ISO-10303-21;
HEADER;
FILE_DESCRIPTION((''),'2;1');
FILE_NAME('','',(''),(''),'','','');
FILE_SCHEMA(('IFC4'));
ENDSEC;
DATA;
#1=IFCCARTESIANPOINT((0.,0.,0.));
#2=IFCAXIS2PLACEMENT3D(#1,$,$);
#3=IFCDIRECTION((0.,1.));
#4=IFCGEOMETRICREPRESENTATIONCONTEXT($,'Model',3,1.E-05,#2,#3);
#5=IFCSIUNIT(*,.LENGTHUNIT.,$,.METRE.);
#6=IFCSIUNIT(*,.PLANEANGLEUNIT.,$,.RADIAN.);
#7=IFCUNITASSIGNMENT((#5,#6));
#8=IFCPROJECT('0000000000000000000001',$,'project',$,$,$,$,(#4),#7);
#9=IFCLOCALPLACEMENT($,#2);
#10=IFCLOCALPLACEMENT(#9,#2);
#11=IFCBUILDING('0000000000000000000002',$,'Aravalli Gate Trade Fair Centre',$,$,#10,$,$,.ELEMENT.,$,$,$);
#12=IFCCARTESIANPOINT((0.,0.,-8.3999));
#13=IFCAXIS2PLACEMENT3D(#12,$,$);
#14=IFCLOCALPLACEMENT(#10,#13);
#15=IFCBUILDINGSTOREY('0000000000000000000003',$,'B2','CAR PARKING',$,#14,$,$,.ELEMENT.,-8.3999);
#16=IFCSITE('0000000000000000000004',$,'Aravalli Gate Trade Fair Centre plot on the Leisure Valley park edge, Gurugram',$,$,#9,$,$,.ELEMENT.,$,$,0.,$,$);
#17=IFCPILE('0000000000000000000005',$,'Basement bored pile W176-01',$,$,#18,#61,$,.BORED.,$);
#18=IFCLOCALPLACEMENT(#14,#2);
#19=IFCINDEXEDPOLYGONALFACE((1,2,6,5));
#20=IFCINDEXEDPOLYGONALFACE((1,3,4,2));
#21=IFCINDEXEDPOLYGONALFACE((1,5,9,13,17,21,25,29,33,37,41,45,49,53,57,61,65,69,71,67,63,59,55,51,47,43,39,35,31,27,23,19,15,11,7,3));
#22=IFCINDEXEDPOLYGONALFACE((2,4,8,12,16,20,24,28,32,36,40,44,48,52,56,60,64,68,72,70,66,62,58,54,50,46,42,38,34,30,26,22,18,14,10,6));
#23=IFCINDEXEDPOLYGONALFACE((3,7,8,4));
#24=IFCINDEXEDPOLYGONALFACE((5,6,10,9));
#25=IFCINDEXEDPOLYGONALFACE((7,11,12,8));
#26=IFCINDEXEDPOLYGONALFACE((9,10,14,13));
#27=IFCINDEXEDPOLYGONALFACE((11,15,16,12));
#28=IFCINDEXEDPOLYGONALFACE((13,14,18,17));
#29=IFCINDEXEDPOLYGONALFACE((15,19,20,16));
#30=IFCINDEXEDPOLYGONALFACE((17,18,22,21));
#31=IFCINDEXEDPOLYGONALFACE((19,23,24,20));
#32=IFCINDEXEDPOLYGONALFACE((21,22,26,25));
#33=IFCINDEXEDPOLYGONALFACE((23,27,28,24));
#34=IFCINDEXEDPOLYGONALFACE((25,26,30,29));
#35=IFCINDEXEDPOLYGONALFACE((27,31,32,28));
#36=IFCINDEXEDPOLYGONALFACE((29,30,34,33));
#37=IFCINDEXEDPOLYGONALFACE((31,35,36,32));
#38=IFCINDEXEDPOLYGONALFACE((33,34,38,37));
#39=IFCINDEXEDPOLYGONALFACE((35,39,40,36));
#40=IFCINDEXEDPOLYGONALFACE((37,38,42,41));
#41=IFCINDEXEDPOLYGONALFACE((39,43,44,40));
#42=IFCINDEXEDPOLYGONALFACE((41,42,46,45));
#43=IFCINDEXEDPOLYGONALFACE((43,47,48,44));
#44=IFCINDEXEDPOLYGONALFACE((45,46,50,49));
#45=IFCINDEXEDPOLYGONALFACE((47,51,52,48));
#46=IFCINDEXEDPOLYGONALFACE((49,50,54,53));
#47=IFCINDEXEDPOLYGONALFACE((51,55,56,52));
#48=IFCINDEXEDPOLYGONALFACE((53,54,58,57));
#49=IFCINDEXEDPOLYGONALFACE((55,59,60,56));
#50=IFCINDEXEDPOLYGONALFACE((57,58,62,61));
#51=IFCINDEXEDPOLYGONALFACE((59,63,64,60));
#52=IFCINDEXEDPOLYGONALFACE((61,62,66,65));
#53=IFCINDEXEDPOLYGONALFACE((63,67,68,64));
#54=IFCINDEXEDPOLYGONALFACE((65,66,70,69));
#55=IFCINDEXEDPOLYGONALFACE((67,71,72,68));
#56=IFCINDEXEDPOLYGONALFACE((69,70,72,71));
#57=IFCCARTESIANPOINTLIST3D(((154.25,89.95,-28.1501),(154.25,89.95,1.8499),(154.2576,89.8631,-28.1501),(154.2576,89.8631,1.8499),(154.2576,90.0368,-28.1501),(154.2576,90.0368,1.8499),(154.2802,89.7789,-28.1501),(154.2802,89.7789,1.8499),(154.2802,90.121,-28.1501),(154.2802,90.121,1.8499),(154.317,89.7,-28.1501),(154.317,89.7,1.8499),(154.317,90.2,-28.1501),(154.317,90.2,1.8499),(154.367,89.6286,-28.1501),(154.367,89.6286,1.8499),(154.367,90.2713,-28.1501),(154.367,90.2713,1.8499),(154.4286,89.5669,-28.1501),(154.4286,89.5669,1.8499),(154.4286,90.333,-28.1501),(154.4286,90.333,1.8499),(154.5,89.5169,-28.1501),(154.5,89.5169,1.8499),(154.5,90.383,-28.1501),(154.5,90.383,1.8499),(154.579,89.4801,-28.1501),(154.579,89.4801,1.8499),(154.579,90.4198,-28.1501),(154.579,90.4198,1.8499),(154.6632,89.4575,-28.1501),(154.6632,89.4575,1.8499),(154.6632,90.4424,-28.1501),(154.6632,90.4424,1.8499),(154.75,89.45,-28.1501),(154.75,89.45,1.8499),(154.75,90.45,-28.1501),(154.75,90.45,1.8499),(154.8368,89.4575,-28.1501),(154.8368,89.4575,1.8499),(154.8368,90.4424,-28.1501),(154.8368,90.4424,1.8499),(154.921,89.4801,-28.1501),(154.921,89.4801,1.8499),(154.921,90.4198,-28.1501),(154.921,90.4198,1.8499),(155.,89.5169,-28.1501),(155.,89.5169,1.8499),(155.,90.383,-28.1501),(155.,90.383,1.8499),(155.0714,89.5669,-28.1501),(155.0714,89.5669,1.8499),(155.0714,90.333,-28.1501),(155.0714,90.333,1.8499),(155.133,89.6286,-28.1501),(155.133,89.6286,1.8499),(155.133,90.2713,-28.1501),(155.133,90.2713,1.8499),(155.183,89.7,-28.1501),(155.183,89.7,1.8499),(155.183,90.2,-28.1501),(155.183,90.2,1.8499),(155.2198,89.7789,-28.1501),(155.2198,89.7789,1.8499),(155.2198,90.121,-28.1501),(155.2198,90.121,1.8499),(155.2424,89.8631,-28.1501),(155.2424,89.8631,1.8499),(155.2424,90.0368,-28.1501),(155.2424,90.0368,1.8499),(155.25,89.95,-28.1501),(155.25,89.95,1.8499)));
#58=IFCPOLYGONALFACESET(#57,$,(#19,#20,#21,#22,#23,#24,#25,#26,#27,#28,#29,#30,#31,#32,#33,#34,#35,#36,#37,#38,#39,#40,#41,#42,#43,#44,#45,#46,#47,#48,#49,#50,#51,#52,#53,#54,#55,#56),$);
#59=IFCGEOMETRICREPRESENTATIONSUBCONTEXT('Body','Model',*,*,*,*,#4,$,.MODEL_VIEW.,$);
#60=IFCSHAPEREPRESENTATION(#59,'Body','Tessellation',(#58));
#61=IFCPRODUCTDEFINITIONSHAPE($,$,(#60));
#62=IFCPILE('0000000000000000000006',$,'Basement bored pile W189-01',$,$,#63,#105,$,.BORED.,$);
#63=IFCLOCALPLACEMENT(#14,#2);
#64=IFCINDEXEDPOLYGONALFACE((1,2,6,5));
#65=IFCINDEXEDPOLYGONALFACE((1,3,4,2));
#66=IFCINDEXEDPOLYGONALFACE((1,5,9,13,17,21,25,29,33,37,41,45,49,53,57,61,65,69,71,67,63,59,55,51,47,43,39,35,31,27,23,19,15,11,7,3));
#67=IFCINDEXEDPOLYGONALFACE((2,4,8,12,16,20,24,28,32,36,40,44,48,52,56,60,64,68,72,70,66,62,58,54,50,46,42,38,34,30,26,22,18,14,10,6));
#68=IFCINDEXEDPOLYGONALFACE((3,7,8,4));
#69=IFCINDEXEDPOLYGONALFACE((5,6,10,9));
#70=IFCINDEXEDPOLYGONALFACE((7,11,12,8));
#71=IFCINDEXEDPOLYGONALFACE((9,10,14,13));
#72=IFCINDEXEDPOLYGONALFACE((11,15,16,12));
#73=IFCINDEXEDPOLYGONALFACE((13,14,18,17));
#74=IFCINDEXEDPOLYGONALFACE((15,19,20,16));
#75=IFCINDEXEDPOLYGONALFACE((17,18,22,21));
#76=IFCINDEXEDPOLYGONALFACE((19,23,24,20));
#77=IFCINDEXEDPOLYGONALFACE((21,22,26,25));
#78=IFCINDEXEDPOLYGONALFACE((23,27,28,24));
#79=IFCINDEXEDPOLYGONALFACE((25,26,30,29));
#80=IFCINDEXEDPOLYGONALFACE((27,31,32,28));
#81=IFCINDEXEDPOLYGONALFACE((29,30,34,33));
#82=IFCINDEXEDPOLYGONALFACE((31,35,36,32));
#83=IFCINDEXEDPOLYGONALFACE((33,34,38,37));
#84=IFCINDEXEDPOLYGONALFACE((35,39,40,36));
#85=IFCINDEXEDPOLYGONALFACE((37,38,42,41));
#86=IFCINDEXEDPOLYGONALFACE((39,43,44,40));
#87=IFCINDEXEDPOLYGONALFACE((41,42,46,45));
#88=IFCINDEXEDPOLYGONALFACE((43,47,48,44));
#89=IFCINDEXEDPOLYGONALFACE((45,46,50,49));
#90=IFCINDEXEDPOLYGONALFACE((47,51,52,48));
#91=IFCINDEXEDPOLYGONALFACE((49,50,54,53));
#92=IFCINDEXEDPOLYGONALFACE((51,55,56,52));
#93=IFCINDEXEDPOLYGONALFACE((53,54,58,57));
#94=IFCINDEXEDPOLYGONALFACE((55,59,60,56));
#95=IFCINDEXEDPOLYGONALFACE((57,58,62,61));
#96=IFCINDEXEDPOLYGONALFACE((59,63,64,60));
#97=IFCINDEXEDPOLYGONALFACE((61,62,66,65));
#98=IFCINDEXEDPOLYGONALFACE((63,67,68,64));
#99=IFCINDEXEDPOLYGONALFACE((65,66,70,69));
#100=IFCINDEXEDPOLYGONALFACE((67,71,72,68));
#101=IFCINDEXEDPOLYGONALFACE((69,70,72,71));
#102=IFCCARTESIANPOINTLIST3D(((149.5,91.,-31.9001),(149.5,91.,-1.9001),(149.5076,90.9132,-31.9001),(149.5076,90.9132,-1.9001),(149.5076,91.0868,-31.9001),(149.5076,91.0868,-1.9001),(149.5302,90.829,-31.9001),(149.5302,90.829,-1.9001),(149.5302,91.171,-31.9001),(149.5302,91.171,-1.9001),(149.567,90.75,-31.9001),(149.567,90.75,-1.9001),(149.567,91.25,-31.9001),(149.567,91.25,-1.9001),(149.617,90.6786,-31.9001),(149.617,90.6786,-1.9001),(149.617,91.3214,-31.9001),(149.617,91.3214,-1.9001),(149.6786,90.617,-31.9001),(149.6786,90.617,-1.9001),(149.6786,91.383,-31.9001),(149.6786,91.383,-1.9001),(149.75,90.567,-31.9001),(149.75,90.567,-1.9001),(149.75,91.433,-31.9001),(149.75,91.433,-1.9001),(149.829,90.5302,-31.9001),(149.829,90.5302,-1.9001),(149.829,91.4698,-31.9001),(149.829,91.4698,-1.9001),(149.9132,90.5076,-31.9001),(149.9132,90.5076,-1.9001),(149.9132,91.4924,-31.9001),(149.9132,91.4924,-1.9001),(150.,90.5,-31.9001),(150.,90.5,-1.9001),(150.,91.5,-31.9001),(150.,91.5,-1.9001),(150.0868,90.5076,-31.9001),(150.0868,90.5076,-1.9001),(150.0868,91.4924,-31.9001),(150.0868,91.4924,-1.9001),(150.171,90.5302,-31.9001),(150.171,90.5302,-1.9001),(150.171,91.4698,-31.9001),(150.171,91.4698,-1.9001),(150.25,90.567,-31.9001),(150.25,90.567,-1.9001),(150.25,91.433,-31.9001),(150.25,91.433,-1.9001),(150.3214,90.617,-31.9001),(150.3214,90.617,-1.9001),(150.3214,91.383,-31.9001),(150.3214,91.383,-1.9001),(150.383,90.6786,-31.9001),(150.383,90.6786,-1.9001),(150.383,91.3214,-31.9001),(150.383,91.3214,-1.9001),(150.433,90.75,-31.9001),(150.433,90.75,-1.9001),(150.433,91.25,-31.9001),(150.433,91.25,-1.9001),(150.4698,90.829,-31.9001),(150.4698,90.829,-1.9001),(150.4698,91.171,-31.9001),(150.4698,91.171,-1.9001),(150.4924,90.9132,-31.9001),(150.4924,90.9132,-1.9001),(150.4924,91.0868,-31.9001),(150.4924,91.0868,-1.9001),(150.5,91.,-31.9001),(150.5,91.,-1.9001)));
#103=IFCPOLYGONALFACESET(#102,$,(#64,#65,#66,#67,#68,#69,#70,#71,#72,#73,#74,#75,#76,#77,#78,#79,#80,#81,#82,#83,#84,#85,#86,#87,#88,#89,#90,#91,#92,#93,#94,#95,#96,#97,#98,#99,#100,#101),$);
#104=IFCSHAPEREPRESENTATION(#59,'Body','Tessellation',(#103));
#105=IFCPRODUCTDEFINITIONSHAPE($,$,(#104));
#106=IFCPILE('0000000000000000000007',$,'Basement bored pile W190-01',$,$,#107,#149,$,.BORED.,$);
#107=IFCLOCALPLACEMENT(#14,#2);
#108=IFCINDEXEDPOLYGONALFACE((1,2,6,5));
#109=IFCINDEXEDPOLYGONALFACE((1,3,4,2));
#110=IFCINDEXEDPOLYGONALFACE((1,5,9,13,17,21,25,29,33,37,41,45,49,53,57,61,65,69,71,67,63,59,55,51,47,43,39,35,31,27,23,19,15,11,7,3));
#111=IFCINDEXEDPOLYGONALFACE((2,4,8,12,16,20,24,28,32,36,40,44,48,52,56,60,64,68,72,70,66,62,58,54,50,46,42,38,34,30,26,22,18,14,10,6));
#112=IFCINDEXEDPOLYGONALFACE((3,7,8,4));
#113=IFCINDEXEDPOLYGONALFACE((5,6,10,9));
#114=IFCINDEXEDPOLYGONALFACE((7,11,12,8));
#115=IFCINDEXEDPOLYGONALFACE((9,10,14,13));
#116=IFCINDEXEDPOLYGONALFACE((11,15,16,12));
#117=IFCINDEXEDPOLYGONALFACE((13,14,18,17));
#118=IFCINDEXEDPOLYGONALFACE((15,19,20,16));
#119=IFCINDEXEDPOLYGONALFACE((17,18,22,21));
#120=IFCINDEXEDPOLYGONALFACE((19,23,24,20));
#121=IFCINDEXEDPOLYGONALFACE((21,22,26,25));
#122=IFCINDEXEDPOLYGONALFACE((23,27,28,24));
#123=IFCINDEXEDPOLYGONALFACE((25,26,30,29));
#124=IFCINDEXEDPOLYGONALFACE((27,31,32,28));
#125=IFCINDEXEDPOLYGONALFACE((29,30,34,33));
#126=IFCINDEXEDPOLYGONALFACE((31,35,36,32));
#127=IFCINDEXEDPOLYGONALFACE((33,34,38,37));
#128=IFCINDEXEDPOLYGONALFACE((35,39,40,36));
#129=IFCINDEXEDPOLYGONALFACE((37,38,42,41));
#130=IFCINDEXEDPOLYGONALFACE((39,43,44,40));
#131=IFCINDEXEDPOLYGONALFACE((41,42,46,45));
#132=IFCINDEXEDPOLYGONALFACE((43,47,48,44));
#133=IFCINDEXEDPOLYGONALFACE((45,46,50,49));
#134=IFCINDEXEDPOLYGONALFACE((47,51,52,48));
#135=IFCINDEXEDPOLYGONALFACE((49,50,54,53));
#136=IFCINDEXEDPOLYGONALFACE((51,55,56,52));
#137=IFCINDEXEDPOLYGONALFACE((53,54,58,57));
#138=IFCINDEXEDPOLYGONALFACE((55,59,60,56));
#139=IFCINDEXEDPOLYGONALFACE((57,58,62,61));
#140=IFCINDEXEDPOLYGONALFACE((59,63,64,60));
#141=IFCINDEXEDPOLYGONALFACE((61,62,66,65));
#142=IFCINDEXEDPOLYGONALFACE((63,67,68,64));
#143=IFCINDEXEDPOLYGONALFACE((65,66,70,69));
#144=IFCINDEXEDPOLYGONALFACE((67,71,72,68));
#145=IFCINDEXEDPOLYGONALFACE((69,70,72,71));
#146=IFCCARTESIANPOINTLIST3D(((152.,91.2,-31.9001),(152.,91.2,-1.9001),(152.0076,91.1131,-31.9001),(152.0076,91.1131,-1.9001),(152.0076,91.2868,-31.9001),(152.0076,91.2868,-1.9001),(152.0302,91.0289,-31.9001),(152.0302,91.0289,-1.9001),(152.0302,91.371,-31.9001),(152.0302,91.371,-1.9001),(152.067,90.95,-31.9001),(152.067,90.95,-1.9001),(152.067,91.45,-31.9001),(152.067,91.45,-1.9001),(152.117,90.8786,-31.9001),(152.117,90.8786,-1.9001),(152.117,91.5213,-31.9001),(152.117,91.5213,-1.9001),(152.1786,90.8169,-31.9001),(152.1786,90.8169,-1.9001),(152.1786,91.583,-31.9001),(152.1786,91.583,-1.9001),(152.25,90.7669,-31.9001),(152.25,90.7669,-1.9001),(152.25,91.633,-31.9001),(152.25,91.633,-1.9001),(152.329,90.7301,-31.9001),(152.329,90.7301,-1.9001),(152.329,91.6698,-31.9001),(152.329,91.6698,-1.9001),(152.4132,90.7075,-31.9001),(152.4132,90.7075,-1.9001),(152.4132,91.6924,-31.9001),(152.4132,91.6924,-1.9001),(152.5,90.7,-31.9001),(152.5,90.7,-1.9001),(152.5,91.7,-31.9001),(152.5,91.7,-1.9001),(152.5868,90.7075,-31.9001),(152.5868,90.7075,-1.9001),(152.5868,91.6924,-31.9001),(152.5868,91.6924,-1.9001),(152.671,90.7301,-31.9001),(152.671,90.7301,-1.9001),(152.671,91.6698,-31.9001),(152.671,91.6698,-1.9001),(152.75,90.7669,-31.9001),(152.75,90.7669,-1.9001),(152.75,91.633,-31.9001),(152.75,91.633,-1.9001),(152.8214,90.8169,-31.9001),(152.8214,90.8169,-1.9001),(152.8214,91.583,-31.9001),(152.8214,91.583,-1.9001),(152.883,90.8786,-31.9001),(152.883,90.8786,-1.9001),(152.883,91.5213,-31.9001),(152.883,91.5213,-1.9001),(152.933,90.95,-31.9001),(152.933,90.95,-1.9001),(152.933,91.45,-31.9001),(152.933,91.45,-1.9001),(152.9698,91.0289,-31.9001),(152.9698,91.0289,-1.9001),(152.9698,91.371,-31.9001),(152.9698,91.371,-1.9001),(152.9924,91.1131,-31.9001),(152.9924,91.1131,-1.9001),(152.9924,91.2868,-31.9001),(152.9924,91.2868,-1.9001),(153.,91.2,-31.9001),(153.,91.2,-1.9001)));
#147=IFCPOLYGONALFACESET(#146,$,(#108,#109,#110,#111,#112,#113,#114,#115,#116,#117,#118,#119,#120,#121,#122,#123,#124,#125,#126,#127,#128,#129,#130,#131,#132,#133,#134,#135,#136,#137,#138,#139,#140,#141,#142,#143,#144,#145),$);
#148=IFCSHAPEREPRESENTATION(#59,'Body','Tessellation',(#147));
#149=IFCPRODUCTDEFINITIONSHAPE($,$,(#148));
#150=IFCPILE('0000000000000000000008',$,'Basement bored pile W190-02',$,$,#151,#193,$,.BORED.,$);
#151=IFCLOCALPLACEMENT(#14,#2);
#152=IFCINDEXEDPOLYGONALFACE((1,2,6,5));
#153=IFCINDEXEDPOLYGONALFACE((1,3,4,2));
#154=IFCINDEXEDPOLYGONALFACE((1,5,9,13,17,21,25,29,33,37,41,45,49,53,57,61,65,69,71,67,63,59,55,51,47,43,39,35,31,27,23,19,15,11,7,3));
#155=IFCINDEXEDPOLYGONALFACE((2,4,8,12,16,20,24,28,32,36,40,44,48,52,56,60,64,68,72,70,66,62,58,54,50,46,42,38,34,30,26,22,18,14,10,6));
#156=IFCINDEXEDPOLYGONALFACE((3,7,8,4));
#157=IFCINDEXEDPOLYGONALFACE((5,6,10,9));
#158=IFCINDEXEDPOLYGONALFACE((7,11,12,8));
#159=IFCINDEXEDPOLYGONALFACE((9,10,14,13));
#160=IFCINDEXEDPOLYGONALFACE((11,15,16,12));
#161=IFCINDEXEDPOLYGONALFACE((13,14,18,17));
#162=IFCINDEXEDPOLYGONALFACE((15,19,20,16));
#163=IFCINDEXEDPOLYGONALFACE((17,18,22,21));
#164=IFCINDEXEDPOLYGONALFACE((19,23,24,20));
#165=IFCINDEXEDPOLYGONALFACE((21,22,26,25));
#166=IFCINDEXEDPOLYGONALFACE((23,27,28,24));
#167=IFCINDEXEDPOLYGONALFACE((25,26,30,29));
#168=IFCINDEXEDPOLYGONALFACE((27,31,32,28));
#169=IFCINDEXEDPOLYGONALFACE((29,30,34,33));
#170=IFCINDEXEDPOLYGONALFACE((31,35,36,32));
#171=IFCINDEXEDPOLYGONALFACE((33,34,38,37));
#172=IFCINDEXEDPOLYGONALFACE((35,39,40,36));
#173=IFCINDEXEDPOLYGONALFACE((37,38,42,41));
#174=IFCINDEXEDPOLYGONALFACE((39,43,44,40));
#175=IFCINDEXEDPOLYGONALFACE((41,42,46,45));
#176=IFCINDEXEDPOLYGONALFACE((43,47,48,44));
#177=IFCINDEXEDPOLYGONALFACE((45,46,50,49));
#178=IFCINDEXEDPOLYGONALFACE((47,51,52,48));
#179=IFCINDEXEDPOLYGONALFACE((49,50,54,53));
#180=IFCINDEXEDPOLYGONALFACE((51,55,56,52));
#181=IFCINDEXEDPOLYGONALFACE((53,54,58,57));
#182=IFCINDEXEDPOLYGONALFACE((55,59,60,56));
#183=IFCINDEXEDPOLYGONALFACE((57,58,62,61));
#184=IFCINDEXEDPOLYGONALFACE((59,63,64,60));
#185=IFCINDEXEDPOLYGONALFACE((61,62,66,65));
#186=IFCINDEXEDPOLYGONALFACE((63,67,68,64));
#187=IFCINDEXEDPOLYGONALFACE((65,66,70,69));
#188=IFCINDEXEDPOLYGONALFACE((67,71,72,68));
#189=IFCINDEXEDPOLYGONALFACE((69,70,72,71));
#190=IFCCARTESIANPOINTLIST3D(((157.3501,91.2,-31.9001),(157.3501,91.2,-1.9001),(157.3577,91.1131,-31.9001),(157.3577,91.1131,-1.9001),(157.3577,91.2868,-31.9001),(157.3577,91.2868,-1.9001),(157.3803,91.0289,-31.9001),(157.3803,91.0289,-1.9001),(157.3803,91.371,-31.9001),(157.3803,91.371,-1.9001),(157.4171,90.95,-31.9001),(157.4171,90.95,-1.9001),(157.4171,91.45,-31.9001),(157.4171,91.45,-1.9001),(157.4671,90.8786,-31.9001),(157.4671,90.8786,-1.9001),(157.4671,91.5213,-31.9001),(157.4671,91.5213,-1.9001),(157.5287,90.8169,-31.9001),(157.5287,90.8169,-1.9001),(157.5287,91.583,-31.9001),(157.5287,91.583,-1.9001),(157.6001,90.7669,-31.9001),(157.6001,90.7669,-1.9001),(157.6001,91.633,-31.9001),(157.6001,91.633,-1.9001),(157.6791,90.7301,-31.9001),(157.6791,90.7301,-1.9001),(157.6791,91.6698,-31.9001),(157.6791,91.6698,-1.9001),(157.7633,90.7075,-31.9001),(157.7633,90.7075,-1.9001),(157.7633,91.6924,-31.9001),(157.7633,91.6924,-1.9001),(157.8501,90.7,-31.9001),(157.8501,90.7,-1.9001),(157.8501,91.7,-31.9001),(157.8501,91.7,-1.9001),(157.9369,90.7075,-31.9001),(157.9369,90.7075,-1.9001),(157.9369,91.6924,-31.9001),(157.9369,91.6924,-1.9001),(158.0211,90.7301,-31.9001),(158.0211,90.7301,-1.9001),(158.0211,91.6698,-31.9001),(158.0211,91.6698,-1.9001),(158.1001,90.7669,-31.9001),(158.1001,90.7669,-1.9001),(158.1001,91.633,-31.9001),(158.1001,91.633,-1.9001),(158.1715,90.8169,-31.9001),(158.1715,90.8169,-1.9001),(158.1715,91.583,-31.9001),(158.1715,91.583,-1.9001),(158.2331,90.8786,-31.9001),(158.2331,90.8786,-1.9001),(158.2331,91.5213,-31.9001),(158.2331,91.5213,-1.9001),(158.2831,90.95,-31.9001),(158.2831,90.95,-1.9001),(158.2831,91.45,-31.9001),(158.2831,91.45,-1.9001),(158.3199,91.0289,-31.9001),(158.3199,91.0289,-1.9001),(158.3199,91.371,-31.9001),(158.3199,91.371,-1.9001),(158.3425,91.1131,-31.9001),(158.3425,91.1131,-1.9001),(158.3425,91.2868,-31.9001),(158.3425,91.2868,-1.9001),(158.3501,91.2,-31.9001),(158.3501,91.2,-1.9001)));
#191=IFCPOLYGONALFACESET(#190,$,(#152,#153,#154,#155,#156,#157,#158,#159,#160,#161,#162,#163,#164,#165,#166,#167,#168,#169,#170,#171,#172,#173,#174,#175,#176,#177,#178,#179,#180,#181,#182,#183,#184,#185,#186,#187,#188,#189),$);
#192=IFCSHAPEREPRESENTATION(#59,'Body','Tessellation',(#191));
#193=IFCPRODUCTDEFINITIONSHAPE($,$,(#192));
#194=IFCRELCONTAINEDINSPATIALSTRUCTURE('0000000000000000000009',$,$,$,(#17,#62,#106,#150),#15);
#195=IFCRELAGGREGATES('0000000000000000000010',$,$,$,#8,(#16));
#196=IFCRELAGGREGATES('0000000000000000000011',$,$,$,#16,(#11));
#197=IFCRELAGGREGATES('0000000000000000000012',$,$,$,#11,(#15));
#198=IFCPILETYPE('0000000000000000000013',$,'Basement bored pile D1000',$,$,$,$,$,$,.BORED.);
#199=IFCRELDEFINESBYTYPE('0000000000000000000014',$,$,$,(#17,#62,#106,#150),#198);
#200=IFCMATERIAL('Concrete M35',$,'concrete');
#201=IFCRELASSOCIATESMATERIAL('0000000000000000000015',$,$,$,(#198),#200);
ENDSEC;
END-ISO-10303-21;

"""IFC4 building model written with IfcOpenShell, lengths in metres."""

from ifc_helpers import new_model, si_unit, direction, frame, origin, origin_2d, place, context, subcontext, project, spatial, circle, extrude, material, material_profile, profile_set, type_object, element, save


model = new_model("IFC4")

# Units and contexts
model_context = context("Model", 3, precision=1e-05, world=origin(), true_north=direction((0.0, 1.0)))
body_context = subcontext(model_context, "Body", "Model", "MODEL_VIEW")
ifc_project = project(units=[si_unit("LENGTHUNIT", "METRE"), si_unit("PLANEANGLEUNIT", "RADIAN")], contexts=[model_context])

# Site, building, storey
site_placement = place(None, origin())
site = spatial("IfcSite", under=ifc_project, at=site_placement, Name="Aravalli Gate Trade Fair Centre plot on the Leisure Valley park edge, Gurugram", CompositionType="ELEMENT", RefElevation=0.0)
building_placement = place(site_placement, origin())
building = spatial("IfcBuilding", under=site, at=building_placement, Name="Aravalli Gate Trade Fair Centre", CompositionType="ELEMENT")
storey_placement = place(building_placement, frame((0.0, 0.0, -8.3999)))
storey = spatial("IfcBuildingStorey", under=building, at=storey_placement, Name="B2", Description="CAR PARKING", CompositionType="ELEMENT", Elevation=-8.3999)

# Piles
ifc_material_1 = material(Name="Concrete M35", Category="concrete")
ifc_material_profile_1 = material_profile(ifc_material_1, circle(Radius=0.5, at=origin_2d()), Name="D1000")
ifc_profile_set_1 = profile_set([ifc_material_profile_1], Name="Concrete M35")
pile_type = type_object("IfcPileType", Name="Basement bored pile D1000", PredefinedType="BORED", material=ifc_profile_set_1)
for number, where, z_axis, x_axis, name in (
    (1, (154.75, 89.95, 1.8499), (0.0, 0.0, -1.0), (1.0, 0.0, 0.0), "Basement bored pile W176-01"),
    (2, (150.0, 91.0, -1.9001), (0.0, 0.0, -1.0), (1.0, 0.0, 0.0), "Basement bored pile W189-01"),
    (3, (152.5, 91.2, -1.9001), (0.0, 0.0, -1.0), (1.0, 0.0, 0.0), "Basement bored pile W190-01"),
    (4, (157.8501, 91.2, -1.9001), (0.0, 0.0, -1.0), (1.0, 0.0, 0.0), "Basement bored pile W190-02"),
):
    element("IfcPile", number, at=place(storey_placement, frame(where, z_axis=z_axis, x_axis=x_axis)), inside=storey, type_object=pile_type, Name=name, PredefinedType="BORED", context=body_context, shape_type="SweptSolid", body=[
        extrude(circle(Radius=0.5, at=origin_2d()), origin(), (0.0, 0.0, 1.0), 30.0),
    ])

save(model, "model.ifc")
